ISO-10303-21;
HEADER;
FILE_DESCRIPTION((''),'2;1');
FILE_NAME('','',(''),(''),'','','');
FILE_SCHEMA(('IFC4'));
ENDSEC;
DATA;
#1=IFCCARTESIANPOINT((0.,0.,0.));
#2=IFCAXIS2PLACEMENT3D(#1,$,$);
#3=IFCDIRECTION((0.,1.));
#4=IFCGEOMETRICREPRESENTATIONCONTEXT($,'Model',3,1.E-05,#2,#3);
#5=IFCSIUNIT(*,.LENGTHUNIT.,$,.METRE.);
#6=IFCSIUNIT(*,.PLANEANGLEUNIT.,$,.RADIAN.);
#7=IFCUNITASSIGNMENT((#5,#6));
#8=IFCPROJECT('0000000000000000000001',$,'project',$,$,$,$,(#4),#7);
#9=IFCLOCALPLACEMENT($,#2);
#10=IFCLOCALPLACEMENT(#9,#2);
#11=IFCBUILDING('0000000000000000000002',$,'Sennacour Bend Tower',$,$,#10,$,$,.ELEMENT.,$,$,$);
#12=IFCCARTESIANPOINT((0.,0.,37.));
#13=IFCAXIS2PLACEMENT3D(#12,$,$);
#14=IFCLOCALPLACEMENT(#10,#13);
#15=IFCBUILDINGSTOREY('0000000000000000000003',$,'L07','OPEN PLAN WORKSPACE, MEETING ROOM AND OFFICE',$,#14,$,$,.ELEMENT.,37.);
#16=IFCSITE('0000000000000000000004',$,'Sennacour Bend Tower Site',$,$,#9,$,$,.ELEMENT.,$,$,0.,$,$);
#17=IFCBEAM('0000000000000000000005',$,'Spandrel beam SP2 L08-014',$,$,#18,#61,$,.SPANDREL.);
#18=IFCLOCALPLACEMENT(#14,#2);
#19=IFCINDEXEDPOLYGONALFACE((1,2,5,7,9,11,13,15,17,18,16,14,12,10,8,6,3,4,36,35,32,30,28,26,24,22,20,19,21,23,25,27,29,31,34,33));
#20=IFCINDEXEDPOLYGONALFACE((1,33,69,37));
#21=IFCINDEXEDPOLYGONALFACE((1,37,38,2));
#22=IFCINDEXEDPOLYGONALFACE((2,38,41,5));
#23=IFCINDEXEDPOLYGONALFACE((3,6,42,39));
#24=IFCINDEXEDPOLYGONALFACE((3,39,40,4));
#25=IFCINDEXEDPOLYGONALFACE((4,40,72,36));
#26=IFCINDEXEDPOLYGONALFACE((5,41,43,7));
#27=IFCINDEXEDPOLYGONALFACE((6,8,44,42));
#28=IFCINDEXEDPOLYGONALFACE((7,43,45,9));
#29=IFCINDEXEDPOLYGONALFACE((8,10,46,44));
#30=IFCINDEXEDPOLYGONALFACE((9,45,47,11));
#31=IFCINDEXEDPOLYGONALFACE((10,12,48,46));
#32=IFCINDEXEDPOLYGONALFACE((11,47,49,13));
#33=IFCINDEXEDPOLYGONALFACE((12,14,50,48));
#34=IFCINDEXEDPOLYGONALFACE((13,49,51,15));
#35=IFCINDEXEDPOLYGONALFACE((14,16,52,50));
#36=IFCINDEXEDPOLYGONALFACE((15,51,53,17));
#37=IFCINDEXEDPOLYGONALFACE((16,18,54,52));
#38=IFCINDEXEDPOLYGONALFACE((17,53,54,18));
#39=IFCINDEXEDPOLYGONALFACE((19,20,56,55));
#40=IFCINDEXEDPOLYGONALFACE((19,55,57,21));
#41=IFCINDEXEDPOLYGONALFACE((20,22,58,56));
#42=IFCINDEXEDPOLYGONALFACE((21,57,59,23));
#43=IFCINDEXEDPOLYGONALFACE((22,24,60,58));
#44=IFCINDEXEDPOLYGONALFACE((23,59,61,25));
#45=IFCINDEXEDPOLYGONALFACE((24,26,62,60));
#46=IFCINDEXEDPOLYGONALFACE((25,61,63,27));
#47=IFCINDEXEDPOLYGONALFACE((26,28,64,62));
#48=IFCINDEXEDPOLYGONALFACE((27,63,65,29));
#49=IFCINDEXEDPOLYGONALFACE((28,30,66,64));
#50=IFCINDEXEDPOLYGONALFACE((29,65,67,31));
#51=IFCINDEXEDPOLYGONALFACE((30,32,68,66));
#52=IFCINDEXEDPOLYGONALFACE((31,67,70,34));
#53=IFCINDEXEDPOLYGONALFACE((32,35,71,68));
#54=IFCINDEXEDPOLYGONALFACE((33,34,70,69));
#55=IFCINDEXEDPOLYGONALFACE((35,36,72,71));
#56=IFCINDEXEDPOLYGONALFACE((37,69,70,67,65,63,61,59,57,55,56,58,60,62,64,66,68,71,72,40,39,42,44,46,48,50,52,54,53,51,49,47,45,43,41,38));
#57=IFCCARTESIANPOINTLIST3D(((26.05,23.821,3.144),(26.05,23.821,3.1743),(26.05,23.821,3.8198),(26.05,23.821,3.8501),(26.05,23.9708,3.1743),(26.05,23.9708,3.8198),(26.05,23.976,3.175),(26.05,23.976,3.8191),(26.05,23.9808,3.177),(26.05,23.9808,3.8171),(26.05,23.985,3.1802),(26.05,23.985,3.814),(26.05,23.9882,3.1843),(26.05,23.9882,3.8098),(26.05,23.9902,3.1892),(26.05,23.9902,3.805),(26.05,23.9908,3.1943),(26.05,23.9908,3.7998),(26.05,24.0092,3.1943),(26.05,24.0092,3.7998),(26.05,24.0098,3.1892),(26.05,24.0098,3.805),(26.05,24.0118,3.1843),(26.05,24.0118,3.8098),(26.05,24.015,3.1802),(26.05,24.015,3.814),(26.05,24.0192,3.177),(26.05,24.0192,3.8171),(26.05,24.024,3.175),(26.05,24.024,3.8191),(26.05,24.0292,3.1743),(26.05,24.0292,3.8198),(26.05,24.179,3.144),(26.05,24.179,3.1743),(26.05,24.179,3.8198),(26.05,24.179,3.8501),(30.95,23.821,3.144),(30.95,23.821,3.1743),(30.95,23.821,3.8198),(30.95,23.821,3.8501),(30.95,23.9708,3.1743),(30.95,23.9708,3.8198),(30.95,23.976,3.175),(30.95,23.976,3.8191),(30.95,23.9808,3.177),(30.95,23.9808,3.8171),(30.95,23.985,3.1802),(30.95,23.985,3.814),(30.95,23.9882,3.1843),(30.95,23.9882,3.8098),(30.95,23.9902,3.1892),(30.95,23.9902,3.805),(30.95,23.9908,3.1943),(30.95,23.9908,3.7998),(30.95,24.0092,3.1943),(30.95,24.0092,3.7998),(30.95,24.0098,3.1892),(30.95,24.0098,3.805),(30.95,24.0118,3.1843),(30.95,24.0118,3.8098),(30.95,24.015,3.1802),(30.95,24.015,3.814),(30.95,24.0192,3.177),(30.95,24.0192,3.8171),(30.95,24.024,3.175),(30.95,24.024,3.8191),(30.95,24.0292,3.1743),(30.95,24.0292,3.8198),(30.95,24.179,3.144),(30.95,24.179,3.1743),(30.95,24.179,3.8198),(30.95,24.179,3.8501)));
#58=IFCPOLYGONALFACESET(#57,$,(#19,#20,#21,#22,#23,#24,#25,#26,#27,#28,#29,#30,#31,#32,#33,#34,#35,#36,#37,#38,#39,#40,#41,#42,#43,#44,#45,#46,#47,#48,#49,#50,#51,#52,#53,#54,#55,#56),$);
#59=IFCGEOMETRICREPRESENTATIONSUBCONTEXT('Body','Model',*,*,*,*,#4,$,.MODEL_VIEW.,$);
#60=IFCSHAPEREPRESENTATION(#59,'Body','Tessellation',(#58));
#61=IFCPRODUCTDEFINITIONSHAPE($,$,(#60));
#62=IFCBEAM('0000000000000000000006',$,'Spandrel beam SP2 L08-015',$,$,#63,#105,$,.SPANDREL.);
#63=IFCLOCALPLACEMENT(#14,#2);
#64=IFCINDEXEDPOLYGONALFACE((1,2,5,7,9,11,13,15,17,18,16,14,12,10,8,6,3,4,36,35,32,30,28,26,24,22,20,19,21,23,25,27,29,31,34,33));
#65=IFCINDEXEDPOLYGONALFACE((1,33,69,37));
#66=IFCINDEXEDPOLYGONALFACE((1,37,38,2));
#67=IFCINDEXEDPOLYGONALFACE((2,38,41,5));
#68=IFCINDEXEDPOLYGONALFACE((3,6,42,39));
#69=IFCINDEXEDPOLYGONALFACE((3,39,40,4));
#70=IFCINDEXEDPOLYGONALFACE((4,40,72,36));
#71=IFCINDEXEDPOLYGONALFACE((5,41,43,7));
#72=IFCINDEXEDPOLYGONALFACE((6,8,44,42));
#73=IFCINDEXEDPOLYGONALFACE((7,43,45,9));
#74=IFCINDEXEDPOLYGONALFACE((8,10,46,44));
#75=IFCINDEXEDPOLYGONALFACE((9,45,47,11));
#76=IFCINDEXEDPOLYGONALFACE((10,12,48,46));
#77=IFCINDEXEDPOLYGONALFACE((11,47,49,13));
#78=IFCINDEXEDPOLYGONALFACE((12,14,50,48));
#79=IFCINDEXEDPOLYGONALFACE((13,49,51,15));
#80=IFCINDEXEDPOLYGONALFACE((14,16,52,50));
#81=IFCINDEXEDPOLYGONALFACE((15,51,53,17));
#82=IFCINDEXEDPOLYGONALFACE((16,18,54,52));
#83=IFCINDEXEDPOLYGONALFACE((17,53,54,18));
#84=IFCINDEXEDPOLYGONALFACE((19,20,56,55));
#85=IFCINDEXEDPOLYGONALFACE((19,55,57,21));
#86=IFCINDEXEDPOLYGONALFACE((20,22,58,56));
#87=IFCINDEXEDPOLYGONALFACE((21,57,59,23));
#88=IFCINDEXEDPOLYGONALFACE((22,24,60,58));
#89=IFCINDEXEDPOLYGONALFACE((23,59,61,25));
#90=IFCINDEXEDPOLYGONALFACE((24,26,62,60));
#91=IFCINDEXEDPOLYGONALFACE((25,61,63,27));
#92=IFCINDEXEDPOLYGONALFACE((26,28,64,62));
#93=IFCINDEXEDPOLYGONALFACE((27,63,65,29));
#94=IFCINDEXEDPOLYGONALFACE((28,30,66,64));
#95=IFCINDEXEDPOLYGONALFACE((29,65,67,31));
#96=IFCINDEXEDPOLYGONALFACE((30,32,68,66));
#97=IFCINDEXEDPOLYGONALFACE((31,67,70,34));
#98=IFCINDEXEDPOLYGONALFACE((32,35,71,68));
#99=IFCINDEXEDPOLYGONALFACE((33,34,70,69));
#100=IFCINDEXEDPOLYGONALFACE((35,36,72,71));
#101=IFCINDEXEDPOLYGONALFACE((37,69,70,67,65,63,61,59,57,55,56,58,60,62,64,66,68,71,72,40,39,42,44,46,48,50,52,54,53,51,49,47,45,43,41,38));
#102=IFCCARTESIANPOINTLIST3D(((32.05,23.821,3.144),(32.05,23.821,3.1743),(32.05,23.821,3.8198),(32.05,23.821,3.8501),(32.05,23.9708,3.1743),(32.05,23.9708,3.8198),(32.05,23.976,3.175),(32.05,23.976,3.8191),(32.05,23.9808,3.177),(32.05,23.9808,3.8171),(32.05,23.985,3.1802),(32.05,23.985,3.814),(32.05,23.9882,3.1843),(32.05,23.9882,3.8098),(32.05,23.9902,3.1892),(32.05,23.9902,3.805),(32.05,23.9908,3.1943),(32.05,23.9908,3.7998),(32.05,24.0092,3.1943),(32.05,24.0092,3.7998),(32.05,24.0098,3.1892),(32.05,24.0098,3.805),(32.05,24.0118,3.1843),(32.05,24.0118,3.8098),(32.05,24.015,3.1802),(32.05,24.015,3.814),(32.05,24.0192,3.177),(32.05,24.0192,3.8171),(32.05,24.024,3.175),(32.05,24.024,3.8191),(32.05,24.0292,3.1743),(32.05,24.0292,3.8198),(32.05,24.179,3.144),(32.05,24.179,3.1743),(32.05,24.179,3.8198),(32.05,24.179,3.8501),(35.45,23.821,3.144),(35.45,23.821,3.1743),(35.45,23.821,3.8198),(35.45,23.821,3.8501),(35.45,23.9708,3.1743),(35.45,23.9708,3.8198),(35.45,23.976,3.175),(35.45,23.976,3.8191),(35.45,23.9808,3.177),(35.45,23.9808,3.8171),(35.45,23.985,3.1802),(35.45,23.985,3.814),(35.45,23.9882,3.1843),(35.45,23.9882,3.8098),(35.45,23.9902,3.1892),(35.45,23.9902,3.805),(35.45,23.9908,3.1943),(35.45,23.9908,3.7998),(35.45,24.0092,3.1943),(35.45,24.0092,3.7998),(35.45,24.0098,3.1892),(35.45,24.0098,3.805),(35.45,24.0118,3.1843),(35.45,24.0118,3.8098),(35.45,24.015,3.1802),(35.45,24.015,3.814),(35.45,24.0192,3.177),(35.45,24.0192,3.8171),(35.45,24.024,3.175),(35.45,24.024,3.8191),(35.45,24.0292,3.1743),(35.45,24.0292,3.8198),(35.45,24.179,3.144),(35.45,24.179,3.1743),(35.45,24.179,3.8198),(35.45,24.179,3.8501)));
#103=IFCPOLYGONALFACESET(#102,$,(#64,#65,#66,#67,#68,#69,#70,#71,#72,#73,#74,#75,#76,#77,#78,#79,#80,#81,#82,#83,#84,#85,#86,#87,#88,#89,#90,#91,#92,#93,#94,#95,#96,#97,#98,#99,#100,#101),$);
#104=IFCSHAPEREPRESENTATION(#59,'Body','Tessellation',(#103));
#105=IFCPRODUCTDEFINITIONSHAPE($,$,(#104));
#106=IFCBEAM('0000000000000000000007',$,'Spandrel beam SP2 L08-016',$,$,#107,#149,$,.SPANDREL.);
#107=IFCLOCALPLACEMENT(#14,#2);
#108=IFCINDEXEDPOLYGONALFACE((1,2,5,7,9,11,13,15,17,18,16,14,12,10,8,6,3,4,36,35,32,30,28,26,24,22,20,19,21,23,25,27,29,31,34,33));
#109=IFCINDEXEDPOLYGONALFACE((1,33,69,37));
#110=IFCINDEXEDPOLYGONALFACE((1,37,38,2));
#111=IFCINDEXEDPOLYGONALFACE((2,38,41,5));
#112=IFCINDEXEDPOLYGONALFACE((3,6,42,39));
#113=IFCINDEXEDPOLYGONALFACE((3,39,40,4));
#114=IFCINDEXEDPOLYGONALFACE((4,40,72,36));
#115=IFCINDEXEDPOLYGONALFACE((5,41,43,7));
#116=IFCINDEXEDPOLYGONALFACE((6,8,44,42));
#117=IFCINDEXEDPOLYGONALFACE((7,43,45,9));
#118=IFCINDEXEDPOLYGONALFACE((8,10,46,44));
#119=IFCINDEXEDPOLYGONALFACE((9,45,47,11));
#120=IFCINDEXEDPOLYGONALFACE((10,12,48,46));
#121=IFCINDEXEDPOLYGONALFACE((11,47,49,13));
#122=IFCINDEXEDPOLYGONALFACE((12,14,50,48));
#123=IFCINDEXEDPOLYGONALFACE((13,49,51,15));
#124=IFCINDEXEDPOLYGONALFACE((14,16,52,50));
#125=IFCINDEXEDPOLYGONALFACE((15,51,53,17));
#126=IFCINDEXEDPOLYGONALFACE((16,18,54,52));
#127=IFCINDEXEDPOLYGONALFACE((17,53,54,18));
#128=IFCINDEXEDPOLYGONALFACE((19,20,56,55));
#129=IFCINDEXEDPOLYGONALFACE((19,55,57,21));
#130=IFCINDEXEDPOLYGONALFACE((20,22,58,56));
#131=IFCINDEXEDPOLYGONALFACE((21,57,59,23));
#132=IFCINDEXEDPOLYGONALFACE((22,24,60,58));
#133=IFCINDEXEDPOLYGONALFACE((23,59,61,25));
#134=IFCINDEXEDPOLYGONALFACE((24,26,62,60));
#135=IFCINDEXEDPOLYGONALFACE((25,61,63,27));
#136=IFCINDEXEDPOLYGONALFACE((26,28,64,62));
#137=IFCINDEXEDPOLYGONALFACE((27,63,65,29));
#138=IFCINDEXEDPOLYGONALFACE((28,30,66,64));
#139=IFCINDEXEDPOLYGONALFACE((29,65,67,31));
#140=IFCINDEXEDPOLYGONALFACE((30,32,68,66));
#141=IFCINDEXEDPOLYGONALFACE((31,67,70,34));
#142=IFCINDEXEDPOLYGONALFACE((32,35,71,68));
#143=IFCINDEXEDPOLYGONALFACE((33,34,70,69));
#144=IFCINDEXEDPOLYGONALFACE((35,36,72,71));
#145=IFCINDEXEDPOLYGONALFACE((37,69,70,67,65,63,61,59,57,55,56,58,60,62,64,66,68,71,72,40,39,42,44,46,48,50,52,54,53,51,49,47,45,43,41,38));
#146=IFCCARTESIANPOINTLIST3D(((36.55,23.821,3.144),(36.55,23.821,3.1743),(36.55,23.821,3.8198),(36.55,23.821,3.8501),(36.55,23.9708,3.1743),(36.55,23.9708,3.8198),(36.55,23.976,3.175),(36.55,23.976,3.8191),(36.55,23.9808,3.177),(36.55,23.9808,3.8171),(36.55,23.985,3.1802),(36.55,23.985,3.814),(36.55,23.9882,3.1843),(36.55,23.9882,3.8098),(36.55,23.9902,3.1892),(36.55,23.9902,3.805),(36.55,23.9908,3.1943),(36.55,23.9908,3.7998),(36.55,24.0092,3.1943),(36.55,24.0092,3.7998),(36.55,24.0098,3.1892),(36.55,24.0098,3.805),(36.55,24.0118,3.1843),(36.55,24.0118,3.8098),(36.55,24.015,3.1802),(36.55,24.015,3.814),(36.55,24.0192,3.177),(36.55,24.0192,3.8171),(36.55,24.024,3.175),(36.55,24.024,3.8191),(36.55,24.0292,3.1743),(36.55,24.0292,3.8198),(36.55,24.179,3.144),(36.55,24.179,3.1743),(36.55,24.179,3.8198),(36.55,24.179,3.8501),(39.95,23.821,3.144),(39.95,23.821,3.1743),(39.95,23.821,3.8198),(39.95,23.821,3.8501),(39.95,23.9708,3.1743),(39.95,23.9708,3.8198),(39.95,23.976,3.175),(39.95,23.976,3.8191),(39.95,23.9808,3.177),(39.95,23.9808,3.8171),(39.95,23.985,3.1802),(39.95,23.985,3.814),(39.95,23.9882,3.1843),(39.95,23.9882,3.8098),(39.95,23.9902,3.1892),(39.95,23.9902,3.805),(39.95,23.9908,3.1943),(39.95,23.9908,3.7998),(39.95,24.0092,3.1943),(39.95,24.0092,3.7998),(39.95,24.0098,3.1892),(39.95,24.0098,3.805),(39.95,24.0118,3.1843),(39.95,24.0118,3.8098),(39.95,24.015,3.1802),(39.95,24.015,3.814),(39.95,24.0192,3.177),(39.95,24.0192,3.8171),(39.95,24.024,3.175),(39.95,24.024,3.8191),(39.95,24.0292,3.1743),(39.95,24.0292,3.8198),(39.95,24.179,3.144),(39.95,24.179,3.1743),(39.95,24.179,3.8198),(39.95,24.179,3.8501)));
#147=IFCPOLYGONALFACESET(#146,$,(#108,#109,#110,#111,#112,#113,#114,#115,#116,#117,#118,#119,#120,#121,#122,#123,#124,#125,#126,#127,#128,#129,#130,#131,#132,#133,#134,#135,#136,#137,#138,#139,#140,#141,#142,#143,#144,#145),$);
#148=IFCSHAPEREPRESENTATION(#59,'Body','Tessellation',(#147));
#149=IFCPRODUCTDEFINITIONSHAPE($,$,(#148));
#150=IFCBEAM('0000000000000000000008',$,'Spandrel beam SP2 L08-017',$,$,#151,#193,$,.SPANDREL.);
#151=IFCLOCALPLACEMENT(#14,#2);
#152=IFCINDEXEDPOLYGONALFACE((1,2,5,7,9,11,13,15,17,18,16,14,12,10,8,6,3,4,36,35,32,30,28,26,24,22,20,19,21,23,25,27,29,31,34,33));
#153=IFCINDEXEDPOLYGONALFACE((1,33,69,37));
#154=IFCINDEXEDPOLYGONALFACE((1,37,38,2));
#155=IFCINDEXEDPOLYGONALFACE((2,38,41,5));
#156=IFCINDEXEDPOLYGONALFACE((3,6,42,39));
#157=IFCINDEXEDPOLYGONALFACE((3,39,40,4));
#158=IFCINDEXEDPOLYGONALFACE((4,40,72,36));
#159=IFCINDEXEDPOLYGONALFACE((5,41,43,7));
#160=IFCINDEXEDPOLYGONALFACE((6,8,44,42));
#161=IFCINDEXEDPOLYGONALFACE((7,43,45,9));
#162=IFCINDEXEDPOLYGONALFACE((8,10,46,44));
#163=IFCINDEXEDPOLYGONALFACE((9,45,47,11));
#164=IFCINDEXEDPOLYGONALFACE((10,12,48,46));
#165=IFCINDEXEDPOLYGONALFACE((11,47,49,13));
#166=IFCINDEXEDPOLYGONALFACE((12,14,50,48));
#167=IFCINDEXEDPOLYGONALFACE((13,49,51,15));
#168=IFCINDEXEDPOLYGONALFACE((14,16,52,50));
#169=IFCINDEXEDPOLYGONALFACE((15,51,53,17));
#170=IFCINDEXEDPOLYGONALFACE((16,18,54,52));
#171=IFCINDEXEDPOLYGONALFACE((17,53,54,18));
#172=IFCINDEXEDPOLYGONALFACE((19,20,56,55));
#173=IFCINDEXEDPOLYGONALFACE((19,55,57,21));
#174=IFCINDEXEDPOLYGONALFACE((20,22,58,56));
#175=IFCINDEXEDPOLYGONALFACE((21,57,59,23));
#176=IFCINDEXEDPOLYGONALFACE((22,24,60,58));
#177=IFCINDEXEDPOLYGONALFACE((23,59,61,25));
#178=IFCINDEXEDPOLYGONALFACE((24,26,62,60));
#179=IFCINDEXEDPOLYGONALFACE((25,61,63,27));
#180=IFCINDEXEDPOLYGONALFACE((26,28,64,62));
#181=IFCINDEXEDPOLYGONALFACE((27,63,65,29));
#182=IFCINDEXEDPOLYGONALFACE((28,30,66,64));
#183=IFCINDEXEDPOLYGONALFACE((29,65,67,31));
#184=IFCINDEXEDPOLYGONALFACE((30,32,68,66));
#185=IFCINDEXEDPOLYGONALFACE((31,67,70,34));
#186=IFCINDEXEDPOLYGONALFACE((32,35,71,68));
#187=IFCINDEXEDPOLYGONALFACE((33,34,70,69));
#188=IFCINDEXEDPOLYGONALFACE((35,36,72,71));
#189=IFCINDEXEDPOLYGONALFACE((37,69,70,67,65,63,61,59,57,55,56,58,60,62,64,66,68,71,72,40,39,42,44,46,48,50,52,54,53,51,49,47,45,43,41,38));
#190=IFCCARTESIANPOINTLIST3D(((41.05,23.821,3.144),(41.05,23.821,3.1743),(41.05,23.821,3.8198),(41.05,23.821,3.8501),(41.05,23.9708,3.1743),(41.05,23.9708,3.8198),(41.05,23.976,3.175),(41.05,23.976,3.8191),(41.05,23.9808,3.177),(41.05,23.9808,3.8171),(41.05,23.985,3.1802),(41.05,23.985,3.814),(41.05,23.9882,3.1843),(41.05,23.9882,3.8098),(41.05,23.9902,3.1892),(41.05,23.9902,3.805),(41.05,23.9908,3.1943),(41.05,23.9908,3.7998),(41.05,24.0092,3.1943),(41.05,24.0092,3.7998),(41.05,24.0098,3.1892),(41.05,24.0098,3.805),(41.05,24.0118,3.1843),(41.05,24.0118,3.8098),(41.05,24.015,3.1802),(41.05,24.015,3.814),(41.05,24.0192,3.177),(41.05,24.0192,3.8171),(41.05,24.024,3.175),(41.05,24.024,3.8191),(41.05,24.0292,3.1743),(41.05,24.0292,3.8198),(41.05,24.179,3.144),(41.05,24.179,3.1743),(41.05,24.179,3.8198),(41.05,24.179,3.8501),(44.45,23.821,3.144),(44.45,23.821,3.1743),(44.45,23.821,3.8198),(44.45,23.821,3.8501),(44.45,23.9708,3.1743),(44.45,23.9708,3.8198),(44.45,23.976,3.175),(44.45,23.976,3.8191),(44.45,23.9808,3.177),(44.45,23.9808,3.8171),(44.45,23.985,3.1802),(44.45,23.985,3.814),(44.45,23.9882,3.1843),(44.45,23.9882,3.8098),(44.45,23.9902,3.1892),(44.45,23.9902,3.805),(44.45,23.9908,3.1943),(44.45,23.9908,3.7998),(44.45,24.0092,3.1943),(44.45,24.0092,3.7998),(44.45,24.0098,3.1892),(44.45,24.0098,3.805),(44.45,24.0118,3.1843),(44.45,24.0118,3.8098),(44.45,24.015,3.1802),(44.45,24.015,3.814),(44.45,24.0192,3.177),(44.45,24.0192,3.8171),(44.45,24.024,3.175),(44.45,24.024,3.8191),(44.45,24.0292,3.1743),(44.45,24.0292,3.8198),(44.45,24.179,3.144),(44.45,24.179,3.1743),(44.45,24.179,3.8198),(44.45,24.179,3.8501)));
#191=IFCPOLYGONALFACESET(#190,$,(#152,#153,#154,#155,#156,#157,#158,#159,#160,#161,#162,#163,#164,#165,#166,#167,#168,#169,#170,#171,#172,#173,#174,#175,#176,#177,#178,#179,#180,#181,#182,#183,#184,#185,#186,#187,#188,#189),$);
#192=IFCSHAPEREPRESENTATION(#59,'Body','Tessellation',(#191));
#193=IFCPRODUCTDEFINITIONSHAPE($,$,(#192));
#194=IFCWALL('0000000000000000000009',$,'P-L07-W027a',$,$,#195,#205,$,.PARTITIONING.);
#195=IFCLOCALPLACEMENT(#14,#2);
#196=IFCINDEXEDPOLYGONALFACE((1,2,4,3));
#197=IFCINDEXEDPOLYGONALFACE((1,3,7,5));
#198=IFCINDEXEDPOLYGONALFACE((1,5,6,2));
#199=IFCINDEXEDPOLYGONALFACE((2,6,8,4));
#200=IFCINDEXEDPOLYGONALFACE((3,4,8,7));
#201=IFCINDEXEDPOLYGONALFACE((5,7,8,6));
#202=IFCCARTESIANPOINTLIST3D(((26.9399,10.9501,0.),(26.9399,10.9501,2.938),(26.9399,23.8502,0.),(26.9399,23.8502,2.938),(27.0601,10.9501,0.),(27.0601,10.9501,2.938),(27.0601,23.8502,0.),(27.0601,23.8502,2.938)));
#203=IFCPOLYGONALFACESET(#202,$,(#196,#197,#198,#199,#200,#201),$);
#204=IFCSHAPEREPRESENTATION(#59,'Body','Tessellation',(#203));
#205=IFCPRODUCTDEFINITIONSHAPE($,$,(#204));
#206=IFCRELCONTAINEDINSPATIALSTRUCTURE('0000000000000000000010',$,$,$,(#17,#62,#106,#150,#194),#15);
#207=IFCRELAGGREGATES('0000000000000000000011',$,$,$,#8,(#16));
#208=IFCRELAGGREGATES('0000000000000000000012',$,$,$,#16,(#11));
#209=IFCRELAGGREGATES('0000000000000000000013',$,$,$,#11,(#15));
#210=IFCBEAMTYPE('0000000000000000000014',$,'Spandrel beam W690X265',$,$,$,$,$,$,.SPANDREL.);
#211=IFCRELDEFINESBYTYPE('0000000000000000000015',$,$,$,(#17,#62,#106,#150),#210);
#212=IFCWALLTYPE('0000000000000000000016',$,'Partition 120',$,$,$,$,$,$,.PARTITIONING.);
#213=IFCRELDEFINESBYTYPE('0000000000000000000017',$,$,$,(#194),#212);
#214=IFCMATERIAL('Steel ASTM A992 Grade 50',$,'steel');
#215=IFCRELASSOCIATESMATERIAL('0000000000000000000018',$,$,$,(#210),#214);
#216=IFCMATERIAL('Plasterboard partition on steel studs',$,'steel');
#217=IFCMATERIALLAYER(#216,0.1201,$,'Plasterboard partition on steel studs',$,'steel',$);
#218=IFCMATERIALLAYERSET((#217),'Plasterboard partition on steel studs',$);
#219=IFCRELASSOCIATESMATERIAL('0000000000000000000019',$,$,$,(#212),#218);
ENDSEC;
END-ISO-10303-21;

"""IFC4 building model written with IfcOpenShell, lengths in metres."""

from ifc_helpers import new_model, si_unit, direction, frame, frame_2d, origin, origin_2d, place, context, subcontext, project, spatial, rectangle, i_section, extrude, material, layer, layer_set, material_profile, profile_set, type_object, element, save


model = new_model("IFC4")

# Units and contexts
model_context = context("Model", 3, precision=1e-05, world=origin(), true_north=direction((0.0, 1.0)))
body_context = subcontext(model_context, "Body", "Model", "MODEL_VIEW")
ifc_project = project(units=[si_unit("LENGTHUNIT", "METRE"), si_unit("PLANEANGLEUNIT", "RADIAN")], contexts=[model_context])

# Site, building, storey
site_placement = place(None, origin())
site = spatial("IfcSite", under=ifc_project, at=site_placement, Name="Sennacour Bend Tower Site", CompositionType="ELEMENT", RefElevation=0.0)
building_placement = place(site_placement, origin())
building = spatial("IfcBuilding", under=site, at=building_placement, Name="Sennacour Bend Tower", CompositionType="ELEMENT")
storey_placement = place(building_placement, frame((0.0, 0.0, 37.0)))
storey = spatial("IfcBuildingStorey", under=building, at=storey_placement, Name="L07", Description="OPEN PLAN WORKSPACE, MEETING ROOM AND OFFICE", CompositionType="ELEMENT", Elevation=37.0)

# Beams
ifc_material_1 = material(Name="Steel ASTM A992 Grade 50", Category="steel")
ifc_material_profile_1 = material_profile(ifc_material_1, i_section(OverallWidth=0.3579, OverallDepth=0.7061, WebThickness=0.0183, FlangeThickness=0.0303, FilletRadius=0.02, at=origin_2d()), Name="Steel ASTM A992 Grade 50", Category="steel")
ifc_profile_set_1 = profile_set([ifc_material_profile_1], Name="Steel ASTM A992 Grade 50")
beam_type_1 = type_object("IfcBeamType", Name="Spandrel beam W690X265", PredefinedType="SPANDREL", material=ifc_profile_set_1)
beam_1_placement = place(storey_placement, frame((26.05, 24.0, 3.4971), z_axis=(1.0, 0.0, 0.0), x_axis=(0.0, 1.0, 0.0)))
element("IfcBeam", 1, at=beam_1_placement, inside=storey, type_object=beam_type_1, Name="Spandrel beam SP2 L08-014", PredefinedType="SPANDREL", context=body_context, shape_type="SweptSolid", body=[
    extrude(i_section(OverallWidth=0.3579, OverallDepth=0.7061, WebThickness=0.0183, FlangeThickness=0.0303, FilletRadius=0.02, at=origin_2d()), origin(), (0.0, 0.0, 1.0), 4.8999),
])
for number, where, z_axis, x_axis, name in (
    (2, (32.05, 24.0, 3.4971), (1.0, 0.0, 0.0), (0.0, 1.0, 0.0), "Spandrel beam SP2 L08-015"),
    (3, (36.55, 24.0, 3.4971), (1.0, 0.0, 0.0), (0.0, 1.0, 0.0), "Spandrel beam SP2 L08-016"),
    (4, (41.05, 24.0, 3.4971), (1.0, 0.0, 0.0), (0.0, 1.0, 0.0), "Spandrel beam SP2 L08-017"),
):
    element("IfcBeam", number, at=place(storey_placement, frame(where, z_axis=z_axis, x_axis=x_axis)), inside=storey, type_object=beam_type_1, Name=name, PredefinedType="SPANDREL", context=body_context, shape_type="SweptSolid", body=[
        extrude(i_section(OverallWidth=0.3579, OverallDepth=0.7061, WebThickness=0.0183, FlangeThickness=0.0303, FilletRadius=0.02, at=origin_2d()), origin(), (0.0, 0.0, 1.0), 3.3999),
    ])

# Wall
ifc_material_2 = material(Name="Plasterboard partition on steel studs", Category="steel")
ifc_layer_1 = layer(ifc_material_2, 0.1201, Name="Plasterboard partition on steel studs", Category="steel")
ifc_layer_set_1 = layer_set([ifc_layer_1], Name="Plasterboard partition on steel studs")
wall_type_1 = type_object("IfcWallType", Name="Partition 120", PredefinedType="PARTITIONING", material=ifc_layer_set_1)
for number, where, z_axis, x_axis, name in (
    (5, (27.0, 10.95, 0.0), (0.0, 0.0, 1.0), (0.0, 1.0, 0.0), "P-L07-W027a"),
):
    element("IfcWall", number, at=place(storey_placement, frame(where, z_axis=z_axis, x_axis=x_axis)), inside=storey, type_object=wall_type_1, Name=name, PredefinedType="PARTITIONING", context=body_context, shape_type="SweptSolid", body=[
        extrude(rectangle(XDim=12.9001, YDim=0.1201, at=frame_2d((6.4502, 0.0))), origin(), (0.0, 0.0, 1.0), 2.938),
    ])

save(model, "model.ifc")
